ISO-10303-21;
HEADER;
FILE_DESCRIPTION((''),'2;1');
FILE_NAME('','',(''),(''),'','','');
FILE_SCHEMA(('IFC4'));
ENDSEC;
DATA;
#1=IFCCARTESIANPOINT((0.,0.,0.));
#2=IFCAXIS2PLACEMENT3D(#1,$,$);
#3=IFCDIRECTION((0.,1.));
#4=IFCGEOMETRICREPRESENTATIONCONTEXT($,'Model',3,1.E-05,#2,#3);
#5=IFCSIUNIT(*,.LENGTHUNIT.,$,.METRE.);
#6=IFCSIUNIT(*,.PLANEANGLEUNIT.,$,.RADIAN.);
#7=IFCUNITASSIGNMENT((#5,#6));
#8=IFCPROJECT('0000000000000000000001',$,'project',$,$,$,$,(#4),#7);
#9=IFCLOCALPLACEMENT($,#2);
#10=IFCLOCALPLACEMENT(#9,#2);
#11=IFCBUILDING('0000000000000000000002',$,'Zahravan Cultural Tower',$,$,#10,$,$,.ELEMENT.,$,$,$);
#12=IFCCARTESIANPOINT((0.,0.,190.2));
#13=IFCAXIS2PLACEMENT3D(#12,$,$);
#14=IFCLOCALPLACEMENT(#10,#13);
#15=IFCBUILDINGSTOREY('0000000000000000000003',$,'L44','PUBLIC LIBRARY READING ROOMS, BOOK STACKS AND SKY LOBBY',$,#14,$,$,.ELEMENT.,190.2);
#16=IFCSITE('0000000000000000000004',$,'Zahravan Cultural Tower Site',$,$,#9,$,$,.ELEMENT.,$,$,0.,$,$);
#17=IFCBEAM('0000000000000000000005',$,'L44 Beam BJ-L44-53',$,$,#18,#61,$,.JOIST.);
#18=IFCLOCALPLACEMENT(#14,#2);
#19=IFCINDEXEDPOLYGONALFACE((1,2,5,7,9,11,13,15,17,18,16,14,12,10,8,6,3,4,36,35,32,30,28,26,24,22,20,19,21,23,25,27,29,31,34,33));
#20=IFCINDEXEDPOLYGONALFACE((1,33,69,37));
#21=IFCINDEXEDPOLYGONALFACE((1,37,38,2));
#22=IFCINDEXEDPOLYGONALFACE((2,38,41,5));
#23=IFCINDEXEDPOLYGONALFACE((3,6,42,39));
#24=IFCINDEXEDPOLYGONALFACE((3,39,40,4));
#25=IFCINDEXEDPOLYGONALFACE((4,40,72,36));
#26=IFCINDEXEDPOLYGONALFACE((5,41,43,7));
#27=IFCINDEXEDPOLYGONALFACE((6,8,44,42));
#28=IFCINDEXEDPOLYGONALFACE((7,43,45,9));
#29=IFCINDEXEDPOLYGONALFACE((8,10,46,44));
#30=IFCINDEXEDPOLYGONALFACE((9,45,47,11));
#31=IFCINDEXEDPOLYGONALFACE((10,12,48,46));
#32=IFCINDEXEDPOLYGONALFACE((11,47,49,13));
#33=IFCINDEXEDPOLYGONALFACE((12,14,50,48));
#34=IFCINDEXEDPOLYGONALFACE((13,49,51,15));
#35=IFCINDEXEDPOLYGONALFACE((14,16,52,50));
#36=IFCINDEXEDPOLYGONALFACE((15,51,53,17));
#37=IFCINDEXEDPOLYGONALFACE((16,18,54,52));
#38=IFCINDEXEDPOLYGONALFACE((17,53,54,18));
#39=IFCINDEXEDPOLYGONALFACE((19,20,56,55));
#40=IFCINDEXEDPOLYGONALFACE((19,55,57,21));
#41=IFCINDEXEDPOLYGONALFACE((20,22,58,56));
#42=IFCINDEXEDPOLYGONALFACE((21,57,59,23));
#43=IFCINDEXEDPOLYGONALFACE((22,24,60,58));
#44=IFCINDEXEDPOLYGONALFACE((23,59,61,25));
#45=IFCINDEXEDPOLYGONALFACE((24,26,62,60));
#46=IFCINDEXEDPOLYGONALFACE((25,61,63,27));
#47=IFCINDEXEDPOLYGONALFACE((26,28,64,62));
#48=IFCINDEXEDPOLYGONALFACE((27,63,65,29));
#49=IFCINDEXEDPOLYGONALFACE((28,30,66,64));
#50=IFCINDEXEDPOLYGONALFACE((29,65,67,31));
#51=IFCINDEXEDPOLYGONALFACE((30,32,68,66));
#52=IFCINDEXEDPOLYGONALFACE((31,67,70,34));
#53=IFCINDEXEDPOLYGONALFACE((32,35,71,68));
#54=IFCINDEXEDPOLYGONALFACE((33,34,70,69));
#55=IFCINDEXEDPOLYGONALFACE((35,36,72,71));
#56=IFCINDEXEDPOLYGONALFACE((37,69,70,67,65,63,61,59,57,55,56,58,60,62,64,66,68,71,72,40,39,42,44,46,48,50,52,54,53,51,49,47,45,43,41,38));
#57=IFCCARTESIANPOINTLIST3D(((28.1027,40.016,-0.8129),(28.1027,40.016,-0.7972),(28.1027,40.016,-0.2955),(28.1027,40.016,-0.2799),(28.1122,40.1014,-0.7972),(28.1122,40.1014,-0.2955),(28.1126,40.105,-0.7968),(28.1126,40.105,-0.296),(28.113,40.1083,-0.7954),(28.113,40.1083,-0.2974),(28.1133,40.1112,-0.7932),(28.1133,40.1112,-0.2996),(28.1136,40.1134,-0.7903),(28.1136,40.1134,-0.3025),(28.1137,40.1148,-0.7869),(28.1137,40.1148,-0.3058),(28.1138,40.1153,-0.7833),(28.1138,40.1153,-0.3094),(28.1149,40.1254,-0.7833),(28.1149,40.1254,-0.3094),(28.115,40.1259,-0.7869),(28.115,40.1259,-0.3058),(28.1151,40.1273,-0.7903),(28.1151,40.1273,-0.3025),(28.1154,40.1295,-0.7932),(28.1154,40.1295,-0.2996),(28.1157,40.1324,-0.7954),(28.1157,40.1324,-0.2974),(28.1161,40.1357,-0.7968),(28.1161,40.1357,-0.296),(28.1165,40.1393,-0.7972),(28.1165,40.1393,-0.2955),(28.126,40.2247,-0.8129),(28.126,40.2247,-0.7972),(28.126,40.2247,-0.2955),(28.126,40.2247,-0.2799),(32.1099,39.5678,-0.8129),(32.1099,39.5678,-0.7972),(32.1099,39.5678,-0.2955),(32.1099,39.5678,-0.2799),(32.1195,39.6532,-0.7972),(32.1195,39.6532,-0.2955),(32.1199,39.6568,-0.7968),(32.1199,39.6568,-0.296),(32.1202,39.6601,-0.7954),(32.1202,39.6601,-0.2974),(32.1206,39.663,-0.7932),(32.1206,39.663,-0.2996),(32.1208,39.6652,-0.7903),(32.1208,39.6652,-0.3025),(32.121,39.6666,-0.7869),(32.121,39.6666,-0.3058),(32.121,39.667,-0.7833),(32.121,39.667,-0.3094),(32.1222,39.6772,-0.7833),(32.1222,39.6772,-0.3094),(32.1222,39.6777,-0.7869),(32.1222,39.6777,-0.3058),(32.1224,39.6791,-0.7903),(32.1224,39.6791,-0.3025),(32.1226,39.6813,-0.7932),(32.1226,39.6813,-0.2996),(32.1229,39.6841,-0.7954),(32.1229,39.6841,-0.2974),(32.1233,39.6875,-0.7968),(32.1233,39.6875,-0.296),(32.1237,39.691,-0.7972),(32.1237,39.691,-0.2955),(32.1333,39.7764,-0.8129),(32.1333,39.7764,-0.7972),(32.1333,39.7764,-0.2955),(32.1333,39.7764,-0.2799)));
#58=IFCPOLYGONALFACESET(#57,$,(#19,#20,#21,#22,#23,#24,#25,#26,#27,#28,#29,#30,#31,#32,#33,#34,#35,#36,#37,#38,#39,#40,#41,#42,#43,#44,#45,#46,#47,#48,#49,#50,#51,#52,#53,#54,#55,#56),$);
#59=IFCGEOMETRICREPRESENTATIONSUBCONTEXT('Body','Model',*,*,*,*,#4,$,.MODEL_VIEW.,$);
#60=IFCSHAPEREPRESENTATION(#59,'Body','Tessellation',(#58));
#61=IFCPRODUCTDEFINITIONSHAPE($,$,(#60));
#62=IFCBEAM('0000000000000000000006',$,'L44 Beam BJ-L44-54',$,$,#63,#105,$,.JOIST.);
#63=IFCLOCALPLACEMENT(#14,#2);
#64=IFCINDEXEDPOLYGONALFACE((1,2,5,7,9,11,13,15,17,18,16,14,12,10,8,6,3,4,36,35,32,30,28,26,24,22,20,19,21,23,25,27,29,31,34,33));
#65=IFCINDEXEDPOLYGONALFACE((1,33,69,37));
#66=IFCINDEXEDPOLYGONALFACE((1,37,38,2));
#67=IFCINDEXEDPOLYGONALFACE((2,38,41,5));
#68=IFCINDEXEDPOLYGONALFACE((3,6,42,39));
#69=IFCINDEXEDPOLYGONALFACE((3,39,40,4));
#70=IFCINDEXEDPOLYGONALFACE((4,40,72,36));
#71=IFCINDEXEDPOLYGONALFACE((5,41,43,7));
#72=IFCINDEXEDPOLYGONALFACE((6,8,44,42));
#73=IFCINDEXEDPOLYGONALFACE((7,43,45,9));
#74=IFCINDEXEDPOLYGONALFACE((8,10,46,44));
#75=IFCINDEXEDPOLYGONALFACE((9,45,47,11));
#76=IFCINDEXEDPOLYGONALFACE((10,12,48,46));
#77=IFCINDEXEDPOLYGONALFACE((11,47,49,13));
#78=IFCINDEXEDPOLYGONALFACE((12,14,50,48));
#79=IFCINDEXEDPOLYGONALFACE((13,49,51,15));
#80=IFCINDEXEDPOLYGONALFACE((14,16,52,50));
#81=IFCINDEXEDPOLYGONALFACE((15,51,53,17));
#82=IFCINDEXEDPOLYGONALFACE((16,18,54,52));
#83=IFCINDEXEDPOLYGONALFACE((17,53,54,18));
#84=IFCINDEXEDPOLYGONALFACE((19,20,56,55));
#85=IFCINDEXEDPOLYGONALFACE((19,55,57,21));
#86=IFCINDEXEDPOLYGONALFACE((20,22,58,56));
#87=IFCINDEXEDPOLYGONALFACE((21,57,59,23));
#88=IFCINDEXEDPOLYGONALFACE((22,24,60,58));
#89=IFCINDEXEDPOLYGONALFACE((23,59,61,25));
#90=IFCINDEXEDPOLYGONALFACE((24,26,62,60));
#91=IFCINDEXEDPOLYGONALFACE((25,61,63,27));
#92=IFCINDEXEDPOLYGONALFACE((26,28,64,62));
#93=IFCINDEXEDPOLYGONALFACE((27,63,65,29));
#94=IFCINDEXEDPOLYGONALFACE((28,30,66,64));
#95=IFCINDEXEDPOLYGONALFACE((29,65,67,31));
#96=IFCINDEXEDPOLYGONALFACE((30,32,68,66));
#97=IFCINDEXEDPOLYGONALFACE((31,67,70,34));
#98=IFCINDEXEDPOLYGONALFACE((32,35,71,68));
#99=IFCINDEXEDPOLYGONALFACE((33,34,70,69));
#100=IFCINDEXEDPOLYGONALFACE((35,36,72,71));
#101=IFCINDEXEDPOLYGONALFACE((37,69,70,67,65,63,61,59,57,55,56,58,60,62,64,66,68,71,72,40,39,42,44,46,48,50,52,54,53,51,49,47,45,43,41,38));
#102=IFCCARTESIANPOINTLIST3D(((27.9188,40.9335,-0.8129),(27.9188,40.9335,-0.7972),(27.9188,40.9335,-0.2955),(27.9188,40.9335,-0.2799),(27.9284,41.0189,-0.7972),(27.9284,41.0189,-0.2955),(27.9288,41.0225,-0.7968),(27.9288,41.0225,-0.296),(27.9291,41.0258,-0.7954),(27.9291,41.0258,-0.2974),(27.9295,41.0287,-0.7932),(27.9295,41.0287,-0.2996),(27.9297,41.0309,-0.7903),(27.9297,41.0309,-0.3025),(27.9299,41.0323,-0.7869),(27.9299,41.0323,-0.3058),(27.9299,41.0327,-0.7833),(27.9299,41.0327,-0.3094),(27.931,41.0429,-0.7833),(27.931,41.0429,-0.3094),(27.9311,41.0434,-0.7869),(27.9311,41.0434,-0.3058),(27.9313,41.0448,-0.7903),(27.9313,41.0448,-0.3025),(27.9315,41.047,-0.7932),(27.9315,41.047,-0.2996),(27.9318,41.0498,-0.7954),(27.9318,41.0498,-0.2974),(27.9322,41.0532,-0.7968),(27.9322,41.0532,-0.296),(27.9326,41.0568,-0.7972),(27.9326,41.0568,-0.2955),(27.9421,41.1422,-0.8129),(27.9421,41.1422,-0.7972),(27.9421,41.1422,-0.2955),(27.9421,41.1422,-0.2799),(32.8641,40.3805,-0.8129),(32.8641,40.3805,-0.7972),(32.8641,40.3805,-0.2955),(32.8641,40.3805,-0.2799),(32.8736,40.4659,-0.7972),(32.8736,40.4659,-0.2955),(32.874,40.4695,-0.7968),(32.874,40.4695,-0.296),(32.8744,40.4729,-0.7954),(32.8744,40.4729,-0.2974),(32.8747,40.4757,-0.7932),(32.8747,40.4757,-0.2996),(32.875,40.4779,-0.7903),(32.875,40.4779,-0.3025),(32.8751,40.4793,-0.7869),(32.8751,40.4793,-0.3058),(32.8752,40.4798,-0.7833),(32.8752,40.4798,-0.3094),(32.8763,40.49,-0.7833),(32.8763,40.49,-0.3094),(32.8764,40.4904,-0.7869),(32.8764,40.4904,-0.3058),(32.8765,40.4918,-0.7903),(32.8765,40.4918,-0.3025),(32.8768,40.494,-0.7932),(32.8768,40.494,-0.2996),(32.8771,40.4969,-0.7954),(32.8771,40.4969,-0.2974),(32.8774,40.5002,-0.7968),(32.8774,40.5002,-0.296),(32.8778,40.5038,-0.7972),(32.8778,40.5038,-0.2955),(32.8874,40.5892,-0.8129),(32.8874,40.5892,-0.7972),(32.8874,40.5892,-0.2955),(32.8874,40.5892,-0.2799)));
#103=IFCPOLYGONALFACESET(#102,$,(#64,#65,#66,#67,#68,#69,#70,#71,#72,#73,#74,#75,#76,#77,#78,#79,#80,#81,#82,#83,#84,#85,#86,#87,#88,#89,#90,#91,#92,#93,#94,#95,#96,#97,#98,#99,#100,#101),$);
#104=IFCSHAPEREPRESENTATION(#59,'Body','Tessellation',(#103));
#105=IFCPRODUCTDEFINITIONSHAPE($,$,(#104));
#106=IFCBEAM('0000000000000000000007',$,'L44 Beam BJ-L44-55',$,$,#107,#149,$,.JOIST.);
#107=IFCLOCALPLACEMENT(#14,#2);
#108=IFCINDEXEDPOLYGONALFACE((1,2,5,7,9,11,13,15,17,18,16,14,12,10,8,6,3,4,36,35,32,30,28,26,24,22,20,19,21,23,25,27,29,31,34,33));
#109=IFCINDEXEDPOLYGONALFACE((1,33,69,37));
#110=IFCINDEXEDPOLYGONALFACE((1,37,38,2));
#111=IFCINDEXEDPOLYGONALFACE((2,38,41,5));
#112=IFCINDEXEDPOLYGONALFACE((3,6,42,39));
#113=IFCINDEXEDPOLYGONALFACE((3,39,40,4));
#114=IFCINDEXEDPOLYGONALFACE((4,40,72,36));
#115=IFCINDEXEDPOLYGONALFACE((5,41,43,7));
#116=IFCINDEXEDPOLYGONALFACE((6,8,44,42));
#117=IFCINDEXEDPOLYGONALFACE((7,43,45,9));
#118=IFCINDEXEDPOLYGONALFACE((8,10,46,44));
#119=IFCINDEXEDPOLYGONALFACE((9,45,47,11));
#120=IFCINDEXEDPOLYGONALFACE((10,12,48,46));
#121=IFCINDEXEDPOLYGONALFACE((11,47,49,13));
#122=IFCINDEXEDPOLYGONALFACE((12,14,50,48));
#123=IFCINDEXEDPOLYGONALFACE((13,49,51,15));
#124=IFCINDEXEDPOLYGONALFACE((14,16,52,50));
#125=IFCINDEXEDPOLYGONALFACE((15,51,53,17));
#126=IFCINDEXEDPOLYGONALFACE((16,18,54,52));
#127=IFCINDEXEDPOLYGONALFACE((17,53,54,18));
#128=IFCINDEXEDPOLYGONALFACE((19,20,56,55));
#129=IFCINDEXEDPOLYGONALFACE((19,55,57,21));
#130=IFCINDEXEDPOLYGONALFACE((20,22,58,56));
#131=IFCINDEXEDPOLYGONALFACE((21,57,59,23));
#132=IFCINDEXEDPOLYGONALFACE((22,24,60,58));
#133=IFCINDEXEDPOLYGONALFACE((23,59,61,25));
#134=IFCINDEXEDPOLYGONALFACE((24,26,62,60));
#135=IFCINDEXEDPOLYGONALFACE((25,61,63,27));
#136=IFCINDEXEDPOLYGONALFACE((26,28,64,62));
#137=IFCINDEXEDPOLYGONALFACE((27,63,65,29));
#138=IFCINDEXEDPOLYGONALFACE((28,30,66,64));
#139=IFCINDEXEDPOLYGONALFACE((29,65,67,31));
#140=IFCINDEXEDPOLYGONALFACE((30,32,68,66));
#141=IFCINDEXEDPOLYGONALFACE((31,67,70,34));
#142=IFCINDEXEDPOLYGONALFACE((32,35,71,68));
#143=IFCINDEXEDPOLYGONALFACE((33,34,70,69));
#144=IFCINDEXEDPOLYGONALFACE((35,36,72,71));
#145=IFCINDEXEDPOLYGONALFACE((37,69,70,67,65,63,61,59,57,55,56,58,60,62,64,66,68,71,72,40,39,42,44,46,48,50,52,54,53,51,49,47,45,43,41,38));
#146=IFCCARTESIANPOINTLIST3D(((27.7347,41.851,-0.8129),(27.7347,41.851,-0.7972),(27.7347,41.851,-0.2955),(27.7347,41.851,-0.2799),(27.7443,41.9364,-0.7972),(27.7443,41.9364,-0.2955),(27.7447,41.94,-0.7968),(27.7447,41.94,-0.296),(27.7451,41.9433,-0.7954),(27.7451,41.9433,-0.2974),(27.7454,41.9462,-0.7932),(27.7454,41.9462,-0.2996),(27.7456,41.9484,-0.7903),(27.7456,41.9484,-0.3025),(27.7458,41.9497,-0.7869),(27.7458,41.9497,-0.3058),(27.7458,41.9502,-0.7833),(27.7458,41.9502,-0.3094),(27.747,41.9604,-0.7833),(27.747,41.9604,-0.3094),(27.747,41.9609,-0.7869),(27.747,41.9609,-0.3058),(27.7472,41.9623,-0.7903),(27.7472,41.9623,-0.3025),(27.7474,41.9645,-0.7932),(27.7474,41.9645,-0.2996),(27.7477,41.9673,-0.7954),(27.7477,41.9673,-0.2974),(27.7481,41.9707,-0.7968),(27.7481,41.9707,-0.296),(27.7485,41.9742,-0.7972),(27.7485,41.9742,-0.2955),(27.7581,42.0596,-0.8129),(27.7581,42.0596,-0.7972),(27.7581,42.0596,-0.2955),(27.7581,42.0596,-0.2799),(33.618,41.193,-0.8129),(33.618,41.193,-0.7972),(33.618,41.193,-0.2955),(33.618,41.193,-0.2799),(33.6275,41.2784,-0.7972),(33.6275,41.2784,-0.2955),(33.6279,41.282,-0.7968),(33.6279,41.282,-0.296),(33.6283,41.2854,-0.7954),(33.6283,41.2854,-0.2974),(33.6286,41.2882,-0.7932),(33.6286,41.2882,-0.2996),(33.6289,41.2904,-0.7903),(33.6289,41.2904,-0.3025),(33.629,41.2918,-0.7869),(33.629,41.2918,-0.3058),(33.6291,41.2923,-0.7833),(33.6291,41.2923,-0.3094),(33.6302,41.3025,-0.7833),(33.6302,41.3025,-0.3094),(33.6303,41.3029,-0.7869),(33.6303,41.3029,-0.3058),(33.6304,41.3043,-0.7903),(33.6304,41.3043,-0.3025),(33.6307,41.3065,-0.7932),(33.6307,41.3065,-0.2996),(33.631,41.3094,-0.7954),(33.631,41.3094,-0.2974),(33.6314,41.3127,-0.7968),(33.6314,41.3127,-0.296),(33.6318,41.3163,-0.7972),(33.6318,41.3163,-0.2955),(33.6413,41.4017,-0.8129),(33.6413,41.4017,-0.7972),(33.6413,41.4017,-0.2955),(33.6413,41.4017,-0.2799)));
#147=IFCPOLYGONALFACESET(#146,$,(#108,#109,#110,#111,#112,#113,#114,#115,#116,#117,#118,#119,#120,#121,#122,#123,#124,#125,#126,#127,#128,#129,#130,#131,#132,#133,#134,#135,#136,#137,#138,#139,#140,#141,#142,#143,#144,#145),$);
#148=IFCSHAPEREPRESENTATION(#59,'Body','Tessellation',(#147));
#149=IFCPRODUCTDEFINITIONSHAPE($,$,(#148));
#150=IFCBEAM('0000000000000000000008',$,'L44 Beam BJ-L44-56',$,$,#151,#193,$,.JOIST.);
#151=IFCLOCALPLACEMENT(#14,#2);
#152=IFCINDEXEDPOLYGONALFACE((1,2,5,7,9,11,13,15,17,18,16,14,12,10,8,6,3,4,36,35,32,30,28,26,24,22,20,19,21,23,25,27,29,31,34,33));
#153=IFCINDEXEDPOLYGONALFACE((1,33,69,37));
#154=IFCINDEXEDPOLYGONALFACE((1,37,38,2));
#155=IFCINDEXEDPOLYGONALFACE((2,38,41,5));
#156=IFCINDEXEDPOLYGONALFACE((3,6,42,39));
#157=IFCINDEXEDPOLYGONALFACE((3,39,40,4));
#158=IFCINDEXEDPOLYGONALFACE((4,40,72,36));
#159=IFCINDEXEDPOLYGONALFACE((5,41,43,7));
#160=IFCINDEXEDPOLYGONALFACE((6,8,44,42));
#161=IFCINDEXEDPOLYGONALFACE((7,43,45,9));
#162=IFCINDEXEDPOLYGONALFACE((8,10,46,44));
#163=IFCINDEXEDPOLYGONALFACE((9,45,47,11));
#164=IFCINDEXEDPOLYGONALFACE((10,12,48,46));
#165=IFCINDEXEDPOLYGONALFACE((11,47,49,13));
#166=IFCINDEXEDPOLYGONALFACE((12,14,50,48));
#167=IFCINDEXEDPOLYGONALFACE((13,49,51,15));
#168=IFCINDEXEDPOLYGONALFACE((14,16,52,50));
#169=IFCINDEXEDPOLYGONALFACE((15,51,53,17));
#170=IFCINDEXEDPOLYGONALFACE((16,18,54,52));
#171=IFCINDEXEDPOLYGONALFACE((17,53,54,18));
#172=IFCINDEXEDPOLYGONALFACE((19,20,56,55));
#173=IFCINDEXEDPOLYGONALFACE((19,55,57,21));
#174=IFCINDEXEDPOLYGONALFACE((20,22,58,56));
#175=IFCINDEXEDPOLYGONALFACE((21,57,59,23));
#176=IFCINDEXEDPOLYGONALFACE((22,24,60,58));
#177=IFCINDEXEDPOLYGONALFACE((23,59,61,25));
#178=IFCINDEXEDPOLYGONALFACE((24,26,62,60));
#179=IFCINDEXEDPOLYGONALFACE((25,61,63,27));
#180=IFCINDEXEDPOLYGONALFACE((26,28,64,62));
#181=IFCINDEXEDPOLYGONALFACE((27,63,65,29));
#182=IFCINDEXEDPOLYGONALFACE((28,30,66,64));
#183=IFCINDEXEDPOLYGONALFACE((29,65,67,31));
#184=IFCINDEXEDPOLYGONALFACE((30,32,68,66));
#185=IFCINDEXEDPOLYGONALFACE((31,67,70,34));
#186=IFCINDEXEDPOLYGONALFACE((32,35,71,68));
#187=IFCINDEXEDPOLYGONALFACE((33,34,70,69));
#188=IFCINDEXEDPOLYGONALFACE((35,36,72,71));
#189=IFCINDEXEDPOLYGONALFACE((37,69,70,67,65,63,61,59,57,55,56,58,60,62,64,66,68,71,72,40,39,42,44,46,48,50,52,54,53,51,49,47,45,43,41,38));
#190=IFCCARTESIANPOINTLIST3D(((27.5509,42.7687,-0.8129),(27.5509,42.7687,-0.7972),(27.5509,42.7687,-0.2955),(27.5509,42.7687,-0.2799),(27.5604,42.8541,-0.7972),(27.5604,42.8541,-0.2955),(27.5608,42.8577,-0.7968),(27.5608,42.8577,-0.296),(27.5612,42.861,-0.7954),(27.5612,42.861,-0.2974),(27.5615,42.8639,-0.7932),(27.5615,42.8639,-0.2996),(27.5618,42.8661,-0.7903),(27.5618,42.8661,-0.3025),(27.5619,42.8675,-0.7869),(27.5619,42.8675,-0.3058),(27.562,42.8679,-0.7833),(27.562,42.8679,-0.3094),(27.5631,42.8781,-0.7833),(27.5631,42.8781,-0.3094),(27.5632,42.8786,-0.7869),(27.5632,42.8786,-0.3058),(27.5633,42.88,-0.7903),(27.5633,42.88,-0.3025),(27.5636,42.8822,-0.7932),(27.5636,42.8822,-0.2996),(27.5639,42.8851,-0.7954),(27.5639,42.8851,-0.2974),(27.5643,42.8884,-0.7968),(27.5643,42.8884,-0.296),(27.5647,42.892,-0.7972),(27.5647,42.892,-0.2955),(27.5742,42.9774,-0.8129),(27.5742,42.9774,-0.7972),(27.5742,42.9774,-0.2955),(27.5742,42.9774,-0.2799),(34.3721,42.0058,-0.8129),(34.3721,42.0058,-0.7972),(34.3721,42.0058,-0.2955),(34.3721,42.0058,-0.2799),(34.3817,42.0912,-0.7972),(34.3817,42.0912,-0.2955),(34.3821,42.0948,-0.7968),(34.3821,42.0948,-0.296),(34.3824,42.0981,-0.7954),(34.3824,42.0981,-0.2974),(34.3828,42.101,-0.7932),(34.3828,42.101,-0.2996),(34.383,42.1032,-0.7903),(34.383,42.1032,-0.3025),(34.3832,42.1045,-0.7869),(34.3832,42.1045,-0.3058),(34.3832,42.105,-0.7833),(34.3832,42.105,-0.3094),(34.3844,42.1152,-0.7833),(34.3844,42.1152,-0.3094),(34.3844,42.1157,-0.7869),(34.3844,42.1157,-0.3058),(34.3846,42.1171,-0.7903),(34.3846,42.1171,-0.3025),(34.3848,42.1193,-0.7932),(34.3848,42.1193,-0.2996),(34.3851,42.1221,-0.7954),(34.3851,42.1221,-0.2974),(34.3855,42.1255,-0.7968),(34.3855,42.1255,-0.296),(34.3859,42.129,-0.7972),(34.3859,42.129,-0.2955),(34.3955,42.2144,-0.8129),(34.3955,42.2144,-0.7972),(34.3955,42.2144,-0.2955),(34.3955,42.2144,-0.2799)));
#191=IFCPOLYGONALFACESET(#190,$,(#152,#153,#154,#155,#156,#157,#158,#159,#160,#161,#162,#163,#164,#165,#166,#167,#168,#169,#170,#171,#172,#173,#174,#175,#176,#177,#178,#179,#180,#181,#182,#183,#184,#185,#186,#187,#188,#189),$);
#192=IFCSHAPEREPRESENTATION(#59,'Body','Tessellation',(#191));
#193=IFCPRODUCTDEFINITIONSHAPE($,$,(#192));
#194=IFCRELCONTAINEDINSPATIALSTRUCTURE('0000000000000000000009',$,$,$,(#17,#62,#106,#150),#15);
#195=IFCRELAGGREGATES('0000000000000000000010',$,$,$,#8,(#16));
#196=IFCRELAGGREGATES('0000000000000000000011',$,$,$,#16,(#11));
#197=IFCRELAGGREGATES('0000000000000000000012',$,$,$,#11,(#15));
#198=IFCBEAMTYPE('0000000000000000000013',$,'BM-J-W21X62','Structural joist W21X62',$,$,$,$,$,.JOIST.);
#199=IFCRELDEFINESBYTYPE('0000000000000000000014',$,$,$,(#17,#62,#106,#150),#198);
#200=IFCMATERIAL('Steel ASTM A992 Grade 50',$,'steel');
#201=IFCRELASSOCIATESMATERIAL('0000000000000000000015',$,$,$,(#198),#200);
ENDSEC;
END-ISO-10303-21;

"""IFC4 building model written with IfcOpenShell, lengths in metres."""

from ifc_helpers import new_model, si_unit, direction, frame, origin, origin_2d, place, context, subcontext, project, spatial, i_section, extrude, source, transform, mapped, material, material_profile, profile_set, type_object, element, save


model = new_model("IFC4")

# Units and contexts
model_context = context("Model", 3, precision=1e-05, world=origin(), true_north=direction((0.0, 1.0)))
body_context = subcontext(model_context, "Body", "Model", "MODEL_VIEW")
ifc_project = project(units=[si_unit("LENGTHUNIT", "METRE"), si_unit("PLANEANGLEUNIT", "RADIAN")], contexts=[model_context])

# Site, building, storey
site_placement = place(None, origin())
site = spatial("IfcSite", under=ifc_project, at=site_placement, Name="Zahravan Cultural Tower Site", CompositionType="ELEMENT", RefElevation=0.0)
building_placement = place(site_placement, origin())
building = spatial("IfcBuilding", under=site, at=building_placement, Name="Zahravan Cultural Tower", CompositionType="ELEMENT")
storey_placement = place(building_placement, frame((0.0, 0.0, 190.2)))
storey = spatial("IfcBuildingStorey", under=building, at=storey_placement, Name="L44", Description="PUBLIC LIBRARY READING ROOMS, BOOK STACKS AND SKY LOBBY", CompositionType="ELEMENT", Elevation=190.2)

# Shared definitions
ifc_material_1 = material(Name="Steel ASTM A992 Grade 50", Category="steel")

# Beams
ifc_material_profile_1 = material_profile(ifc_material_1, i_section(OverallWidth=0.21, OverallDepth=0.533, WebThickness=0.0103, FlangeThickness=0.0156, FilletRadius=0.0139, at=origin_2d()), Name="W21X62")
ifc_profile_set_1 = profile_set([ifc_material_profile_1], Name="Steel ASTM A992 Grade 50")
beam_type_1 = type_object("IfcBeamType", Name="BM-J-W21X62", Description="Structural joist W21X62", PredefinedType="JOIST", material=ifc_profile_set_1)
shared_shape_1 = source(origin(), body_context, "Body", "SweptSolid", [
    extrude(i_section(OverallWidth=0.21, OverallDepth=0.533, WebThickness=0.0103, FlangeThickness=0.0156, FilletRadius=0.0139, at=origin_2d()), origin(), (0.0, 0.0, 1.0), 4.0322),
])
beam_1_placement = place(storey_placement, frame((32.1216, 39.6721, -0.5464), z_axis=(-0.993802, 0.111162, 0.0), x_axis=(-0.111162, -0.993802, 0.0)))
element("IfcBeam", 1, at=beam_1_placement, inside=storey, type_object=beam_type_1, Name="L44 Beam BJ-L44-53", PredefinedType="JOIST", context=body_context, shape_type="MappedRepresentation", body=[
    mapped(shared_shape_1, transform((0.0, 0.0, 0.0), x_axis=(1.0, 0.0, 0.0), y_axis=(0.0, 1.0, 0.0), z_axis=(0.0, 0.0, 1.0), scale=1.0)),
])
shared_shape_2 = source(origin(), body_context, "Body", "SweptSolid", [
    extrude(i_section(OverallWidth=0.21, OverallDepth=0.533, WebThickness=0.0103, FlangeThickness=0.0156, FilletRadius=0.0139, at=origin_2d()), origin(), (0.0, 0.0, 1.0), 4.9761),
])
beam_2_placement = place(storey_placement, frame((32.8757, 40.4849, -0.5464), z_axis=(-0.993806, 0.111126, 0.0), x_axis=(-0.111126, -0.993806, 0.0)))
element("IfcBeam", 2, at=beam_2_placement, inside=storey, type_object=beam_type_1, Name="L44 Beam BJ-L44-54", PredefinedType="JOIST", context=body_context, shape_type="MappedRepresentation", body=[
    mapped(shared_shape_2, transform((0.0, 0.0, 0.0), x_axis=(1.0, 0.0, 0.0), y_axis=(0.0, 1.0, 0.0), z_axis=(0.0, 0.0, 1.0), scale=1.0)),
])
shared_shape_3 = source(origin(), body_context, "Body", "SweptSolid", [
    extrude(i_section(OverallWidth=0.21, OverallDepth=0.533, WebThickness=0.0103, FlangeThickness=0.0156, FilletRadius=0.0139, at=origin_2d()), origin(), (0.0, 0.0, 1.0), 5.9199),
])
beam_3_placement = place(storey_placement, frame((33.6296, 41.2974, -0.5464), z_axis=(-0.993805, 0.111142, 0.0), x_axis=(-0.111142, -0.993805, 0.0)))
element("IfcBeam", 3, at=beam_3_placement, inside=storey, type_object=beam_type_1, Name="L44 Beam BJ-L44-55", PredefinedType="JOIST", context=body_context, shape_type="MappedRepresentation", body=[
    mapped(shared_shape_3, transform((0.0, 0.0, 0.0), x_axis=(1.0, 0.0, 0.0), y_axis=(0.0, 1.0, 0.0), z_axis=(0.0, 0.0, 1.0), scale=1.0)),
])
shared_shape_4 = source(origin(), body_context, "Body", "SweptSolid", [
    extrude(i_section(OverallWidth=0.21, OverallDepth=0.533, WebThickness=0.0103, FlangeThickness=0.0156, FilletRadius=0.0139, at=origin_2d()), origin(), (0.0, 0.0, 1.0), 6.8638),
])
beam_4_placement = place(storey_placement, frame((34.3838, 42.1101, -0.5464), z_axis=(-0.993803, 0.111154, 0.0), x_axis=(-0.111154, -0.993803, 0.0)))
element("IfcBeam", 4, at=beam_4_placement, inside=storey, type_object=beam_type_1, Name="L44 Beam BJ-L44-56", PredefinedType="JOIST", context=body_context, shape_type="MappedRepresentation", body=[
    mapped(shared_shape_4, transform((0.0, 0.0, 0.0), x_axis=(1.0, 0.0, 0.0), y_axis=(0.0, 1.0, 0.0), z_axis=(0.0, 0.0, 1.0), scale=1.0)),
])

save(model, "model.ifc")
